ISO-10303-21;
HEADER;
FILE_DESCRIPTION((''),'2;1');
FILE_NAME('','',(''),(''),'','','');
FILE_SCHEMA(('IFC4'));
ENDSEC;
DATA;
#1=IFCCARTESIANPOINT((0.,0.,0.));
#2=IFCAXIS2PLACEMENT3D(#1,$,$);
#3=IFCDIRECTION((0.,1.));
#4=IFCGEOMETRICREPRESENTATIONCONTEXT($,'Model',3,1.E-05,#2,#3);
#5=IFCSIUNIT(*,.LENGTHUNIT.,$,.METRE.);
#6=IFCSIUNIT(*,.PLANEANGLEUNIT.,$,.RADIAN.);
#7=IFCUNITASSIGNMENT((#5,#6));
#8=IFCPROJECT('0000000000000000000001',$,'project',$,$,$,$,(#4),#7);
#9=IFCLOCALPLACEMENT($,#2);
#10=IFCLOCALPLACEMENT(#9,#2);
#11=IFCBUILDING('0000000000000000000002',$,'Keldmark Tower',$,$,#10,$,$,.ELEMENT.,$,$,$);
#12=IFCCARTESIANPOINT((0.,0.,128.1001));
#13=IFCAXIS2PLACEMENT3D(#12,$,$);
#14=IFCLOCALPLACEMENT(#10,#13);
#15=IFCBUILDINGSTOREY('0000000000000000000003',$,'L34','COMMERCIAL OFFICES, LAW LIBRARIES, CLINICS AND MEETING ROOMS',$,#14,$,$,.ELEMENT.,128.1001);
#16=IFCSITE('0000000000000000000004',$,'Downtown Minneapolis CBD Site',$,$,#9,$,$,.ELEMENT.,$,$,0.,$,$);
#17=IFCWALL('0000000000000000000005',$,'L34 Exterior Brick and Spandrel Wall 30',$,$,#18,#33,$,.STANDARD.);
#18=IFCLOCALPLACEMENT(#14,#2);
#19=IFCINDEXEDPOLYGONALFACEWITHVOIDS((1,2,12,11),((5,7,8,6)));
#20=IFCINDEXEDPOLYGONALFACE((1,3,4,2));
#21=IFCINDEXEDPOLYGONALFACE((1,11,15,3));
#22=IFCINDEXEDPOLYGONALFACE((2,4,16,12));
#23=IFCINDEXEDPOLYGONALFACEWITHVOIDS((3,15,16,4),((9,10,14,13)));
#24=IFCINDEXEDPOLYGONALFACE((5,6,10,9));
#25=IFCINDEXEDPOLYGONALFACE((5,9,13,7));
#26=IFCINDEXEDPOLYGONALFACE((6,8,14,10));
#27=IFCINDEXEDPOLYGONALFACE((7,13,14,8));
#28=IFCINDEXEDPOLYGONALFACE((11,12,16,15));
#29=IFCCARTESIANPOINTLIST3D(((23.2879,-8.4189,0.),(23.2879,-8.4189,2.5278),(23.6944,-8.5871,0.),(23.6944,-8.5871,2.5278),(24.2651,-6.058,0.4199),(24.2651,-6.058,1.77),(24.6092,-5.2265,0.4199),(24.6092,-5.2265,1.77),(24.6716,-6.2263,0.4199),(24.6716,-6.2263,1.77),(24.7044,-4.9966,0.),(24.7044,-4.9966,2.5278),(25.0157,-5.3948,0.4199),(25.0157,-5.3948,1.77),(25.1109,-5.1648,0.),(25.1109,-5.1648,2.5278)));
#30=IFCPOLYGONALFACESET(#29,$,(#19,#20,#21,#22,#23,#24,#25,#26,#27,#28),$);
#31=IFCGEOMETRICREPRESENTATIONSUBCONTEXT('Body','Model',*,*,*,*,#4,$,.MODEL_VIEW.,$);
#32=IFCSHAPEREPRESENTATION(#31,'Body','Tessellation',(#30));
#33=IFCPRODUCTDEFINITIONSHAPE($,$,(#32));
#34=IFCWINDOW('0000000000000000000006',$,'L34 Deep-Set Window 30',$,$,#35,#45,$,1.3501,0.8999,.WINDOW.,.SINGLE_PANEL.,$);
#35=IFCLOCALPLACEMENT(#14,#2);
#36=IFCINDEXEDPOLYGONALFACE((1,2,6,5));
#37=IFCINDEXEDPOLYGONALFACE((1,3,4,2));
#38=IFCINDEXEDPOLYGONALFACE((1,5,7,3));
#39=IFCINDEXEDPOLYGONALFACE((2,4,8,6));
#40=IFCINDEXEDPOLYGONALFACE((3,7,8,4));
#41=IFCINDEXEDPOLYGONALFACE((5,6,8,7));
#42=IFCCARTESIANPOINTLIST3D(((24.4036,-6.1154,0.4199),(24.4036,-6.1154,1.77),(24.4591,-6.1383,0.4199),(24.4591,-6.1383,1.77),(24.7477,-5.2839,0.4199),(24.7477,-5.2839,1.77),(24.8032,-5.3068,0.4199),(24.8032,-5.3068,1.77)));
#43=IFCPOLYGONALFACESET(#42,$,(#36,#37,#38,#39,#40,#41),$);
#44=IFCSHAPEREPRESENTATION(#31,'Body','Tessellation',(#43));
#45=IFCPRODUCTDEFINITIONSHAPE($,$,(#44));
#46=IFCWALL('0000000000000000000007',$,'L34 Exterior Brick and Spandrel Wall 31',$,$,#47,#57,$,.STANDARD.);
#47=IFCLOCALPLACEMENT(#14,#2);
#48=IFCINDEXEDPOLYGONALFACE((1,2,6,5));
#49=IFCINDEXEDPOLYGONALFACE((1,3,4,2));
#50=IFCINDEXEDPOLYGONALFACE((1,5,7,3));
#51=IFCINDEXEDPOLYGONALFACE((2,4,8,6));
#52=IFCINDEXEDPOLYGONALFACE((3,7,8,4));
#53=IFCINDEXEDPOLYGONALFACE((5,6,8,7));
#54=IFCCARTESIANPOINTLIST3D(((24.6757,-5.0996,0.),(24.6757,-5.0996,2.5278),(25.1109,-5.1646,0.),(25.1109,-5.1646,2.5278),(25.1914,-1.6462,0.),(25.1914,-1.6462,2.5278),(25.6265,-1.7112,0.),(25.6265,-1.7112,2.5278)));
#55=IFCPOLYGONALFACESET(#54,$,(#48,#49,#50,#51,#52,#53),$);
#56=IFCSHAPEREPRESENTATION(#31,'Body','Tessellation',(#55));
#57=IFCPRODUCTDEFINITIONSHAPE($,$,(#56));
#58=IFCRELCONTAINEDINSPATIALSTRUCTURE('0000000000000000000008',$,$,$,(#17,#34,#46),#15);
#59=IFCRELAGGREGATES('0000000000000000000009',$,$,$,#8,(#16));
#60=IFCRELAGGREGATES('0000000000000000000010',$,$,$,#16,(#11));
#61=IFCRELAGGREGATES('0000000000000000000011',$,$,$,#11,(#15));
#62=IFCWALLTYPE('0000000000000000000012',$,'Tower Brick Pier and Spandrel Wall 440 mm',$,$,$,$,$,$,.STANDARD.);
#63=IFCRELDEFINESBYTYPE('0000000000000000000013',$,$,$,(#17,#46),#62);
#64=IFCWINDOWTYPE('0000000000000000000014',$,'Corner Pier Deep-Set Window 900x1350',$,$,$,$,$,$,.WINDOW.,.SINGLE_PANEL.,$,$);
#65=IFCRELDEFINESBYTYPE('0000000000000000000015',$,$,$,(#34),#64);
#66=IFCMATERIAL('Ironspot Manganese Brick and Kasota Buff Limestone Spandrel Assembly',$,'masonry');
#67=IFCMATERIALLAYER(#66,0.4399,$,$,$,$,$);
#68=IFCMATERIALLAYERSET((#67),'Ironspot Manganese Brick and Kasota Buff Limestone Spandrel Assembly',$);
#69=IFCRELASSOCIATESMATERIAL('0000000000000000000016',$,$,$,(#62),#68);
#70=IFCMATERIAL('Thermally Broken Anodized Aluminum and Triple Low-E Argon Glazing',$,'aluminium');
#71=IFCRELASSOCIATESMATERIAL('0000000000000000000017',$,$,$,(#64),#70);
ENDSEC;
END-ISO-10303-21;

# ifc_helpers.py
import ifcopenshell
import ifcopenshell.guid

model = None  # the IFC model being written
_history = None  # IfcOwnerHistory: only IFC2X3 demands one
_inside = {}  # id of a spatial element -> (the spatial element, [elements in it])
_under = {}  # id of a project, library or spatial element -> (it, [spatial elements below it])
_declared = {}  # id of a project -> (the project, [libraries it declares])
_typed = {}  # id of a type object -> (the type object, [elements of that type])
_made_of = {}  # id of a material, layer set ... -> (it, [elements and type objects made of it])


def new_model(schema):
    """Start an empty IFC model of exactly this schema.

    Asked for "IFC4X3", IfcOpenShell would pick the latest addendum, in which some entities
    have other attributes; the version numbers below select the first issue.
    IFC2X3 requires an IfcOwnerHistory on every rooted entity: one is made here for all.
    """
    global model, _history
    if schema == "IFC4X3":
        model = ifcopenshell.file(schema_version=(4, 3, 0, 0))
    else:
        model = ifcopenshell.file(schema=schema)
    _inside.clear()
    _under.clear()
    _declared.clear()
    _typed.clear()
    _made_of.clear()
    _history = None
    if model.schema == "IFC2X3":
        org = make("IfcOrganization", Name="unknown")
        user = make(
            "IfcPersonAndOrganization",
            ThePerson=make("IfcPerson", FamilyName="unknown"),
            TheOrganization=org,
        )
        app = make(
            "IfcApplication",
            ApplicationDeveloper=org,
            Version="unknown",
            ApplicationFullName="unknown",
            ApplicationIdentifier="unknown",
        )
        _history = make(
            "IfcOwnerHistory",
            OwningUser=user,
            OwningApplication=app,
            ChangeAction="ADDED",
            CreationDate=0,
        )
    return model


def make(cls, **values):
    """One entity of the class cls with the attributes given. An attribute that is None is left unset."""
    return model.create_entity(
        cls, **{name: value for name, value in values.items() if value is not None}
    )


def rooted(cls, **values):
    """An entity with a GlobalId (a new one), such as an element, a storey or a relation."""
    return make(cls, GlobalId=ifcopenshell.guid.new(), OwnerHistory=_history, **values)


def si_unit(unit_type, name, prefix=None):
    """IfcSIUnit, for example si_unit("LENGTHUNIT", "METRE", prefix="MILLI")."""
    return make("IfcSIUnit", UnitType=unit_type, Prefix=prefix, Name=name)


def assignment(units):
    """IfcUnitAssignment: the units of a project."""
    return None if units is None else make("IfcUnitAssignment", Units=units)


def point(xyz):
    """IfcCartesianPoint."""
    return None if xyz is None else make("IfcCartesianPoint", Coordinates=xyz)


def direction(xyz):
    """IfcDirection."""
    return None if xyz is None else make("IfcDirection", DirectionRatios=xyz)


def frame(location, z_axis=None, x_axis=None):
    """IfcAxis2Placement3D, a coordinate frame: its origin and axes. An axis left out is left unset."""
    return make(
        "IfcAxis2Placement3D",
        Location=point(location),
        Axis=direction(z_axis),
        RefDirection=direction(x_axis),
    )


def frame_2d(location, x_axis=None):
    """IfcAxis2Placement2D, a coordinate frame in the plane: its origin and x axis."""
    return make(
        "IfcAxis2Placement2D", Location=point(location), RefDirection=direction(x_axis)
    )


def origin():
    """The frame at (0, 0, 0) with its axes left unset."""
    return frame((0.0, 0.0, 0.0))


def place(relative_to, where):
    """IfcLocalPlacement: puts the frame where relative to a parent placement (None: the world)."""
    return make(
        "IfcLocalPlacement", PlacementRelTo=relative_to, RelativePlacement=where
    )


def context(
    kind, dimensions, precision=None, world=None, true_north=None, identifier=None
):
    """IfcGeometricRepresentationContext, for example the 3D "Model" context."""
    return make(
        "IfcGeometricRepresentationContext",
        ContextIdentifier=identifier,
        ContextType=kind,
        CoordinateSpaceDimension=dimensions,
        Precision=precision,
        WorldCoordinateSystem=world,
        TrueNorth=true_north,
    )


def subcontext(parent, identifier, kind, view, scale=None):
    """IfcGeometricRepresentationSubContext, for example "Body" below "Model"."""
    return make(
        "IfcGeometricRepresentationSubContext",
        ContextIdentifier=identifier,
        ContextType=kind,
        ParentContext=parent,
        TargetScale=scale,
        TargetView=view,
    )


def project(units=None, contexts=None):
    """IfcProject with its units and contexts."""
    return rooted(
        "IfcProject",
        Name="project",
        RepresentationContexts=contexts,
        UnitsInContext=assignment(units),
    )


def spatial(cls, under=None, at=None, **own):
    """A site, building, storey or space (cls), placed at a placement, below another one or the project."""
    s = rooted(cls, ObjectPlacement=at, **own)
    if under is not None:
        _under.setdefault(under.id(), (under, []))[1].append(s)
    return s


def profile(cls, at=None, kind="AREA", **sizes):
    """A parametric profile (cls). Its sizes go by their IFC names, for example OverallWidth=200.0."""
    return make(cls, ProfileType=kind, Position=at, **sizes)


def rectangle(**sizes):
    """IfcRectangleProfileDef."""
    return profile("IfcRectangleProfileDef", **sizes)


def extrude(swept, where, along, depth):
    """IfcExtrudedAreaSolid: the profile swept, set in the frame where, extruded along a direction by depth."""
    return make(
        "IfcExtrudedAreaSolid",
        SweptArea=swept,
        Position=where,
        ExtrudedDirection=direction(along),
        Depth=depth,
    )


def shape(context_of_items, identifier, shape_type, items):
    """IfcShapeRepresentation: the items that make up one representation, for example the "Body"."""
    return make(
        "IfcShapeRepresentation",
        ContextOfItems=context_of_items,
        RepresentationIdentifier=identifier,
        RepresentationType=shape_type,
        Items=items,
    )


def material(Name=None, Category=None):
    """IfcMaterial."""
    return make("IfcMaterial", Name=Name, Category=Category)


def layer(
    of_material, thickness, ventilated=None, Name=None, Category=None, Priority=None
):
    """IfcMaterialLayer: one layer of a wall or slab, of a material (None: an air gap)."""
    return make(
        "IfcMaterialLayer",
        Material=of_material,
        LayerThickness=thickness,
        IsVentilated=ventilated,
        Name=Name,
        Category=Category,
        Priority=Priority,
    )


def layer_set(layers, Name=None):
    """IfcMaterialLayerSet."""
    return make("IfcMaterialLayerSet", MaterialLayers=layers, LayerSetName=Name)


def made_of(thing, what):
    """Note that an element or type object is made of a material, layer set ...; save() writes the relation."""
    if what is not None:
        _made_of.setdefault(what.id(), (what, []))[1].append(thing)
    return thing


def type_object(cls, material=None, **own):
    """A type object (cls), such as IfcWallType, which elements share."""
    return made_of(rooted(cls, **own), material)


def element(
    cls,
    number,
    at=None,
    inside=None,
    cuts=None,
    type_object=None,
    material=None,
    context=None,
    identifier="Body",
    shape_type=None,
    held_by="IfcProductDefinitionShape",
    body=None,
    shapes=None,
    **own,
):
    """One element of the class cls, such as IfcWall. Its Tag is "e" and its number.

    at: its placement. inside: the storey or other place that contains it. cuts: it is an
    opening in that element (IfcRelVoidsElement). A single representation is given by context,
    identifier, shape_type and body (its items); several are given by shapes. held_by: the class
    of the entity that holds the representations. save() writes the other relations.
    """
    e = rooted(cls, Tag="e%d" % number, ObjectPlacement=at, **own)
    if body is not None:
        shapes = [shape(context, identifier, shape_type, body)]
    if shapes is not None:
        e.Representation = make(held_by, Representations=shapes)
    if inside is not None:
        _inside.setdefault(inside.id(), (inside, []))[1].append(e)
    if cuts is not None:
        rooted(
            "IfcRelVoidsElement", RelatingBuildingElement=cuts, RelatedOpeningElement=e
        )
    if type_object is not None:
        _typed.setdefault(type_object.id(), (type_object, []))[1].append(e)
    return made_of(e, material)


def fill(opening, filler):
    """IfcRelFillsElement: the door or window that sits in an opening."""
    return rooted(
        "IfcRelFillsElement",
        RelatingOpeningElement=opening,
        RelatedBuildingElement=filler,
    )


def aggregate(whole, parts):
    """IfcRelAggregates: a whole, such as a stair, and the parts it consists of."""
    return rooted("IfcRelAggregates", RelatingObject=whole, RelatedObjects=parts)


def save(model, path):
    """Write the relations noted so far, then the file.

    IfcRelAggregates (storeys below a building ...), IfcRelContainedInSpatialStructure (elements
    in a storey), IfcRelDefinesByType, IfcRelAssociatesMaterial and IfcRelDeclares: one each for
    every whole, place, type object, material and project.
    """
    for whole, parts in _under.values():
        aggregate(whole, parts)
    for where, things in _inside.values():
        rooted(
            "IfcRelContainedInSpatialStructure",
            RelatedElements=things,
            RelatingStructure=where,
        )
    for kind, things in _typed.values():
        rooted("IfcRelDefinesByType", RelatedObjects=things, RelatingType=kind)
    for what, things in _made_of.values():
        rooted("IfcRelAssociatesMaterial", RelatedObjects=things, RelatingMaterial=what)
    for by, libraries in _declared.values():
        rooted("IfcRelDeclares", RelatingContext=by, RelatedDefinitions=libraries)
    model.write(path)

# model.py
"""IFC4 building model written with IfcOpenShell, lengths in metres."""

from ifc_helpers import new_model, si_unit, direction, frame, frame_2d, origin, place, context, subcontext, project, spatial, rectangle, extrude, material, layer, layer_set, type_object, element, fill, save


model = new_model("IFC4")

# Units and contexts
model_context = context("Model", 3, precision=1e-05, world=origin(), true_north=direction((0.0, 1.0)))
body_context = subcontext(model_context, "Body", "Model", "MODEL_VIEW")
ifc_project = project(units=[si_unit("LENGTHUNIT", "METRE"), si_unit("PLANEANGLEUNIT", "RADIAN")], contexts=[model_context])

# Site, building, storey
site_placement = place(None, origin())
site = spatial("IfcSite", under=ifc_project, at=site_placement, Name="Downtown Minneapolis CBD Site", CompositionType="ELEMENT", RefElevation=0.0)
building_placement = place(site_placement, origin())
building = spatial("IfcBuilding", under=site, at=building_placement, Name="Keldmark Tower", CompositionType="ELEMENT")
storey_placement = place(building_placement, frame((0.0, 0.0, 128.1001)))
storey = spatial("IfcBuildingStorey", under=building, at=storey_placement, Name="L34", Description="COMMERCIAL OFFICES, LAW LIBRARIES, CLINICS AND MEETING ROOMS", CompositionType="ELEMENT", Elevation=128.1001)

# Shared definitions
ifc_material_1 = material(Name="Ironspot Manganese Brick and Kasota Buff Limestone Spandrel Assembly", Category="masonry")
ifc_layer_1 = layer(ifc_material_1, 0.4399)
ifc_layer_set_1 = layer_set([ifc_layer_1], Name="Ironspot Manganese Brick and Kasota Buff Limestone Spandrel Assembly")
wall_type_1 = type_object("IfcWallType", Name="Tower Brick Pier and Spandrel Wall 440 mm", PredefinedType="STANDARD", material=ifc_layer_set_1)

# Wall, opening, window
wall_1_placement = place(storey_placement, frame((24.9077, -5.0806, 0.0), z_axis=(0.0, 0.0, 1.0), x_axis=(-0.382433, -0.923983, 0.0)))
wall_1 = element("IfcWall", 1, at=wall_1_placement, inside=storey, type_object=wall_type_1, Name="L34 Exterior Brick and Spandrel Wall 30", PredefinedType="STANDARD", context=body_context, shape_type="SweptSolid", body=[
    extrude(rectangle(XDim=3.7039, YDim=0.4399, at=frame_2d((1.8521, 0.0))), origin(), (0.0, 0.0, 1.0), 2.5278),
])
opening_1_placement = place(wall_1_placement, frame((0.249, 0.0, 0.4199)))
opening_1 = element("IfcOpeningElement", 2, at=opening_1_placement, cuts=wall_1, PredefinedType="OPENING", context=body_context, shape_type="SweptSolid", body=[
    extrude(rectangle(XDim=0.8999, YDim=1.3501, at=frame_2d((0.45, 0.675))), frame((0.0, 0.23, 0.0), z_axis=(0.0, -1.0, 0.0), x_axis=(1.0, 0.0, 0.0)), (0.0, 0.0, 1.0), 0.46),
])
ifc_material_2 = material(Name="Thermally Broken Anodized Aluminum and Triple Low-E Argon Glazing", Category="aluminium")
window_type = type_object("IfcWindowType", Name="Corner Pier Deep-Set Window 900x1350", PartitioningType="SINGLE_PANEL", PredefinedType="WINDOW", material=ifc_material_2)
window_placement = place(opening_1_placement, origin())
window = element("IfcWindow", 3, at=window_placement, inside=storey, type_object=window_type, Name="L34 Deep-Set Window 30", OverallHeight=1.3501, OverallWidth=0.8999, PartitioningType="SINGLE_PANEL", PredefinedType="WINDOW", context=body_context, shape_type="SweptSolid", body=[
    extrude(rectangle(XDim=0.8999, YDim=1.3501, at=frame_2d((0.45, 0.675))), frame((0.0, -0.01, 0.0), z_axis=(0.0, -1.0, 0.0), x_axis=(1.0, 0.0, 0.0)), (0.0, 0.0, 1.0), 0.0601),
])
fill(opening_1, window)

# Wall
wall_2_placement = place(storey_placement, frame((25.4089, -1.6787, 0.0), z_axis=(0.0, 0.0, 1.0), x_axis=(-0.147674, -0.989036, 0.0)))
element("IfcWall", 4, at=wall_2_placement, inside=storey, type_object=wall_type_1, Name="L34 Exterior Brick and Spandrel Wall 31", PredefinedType="STANDARD", context=body_context, shape_type="SweptSolid", body=[
    extrude(rectangle(XDim=3.4917, YDim=0.4399, at=frame_2d((1.7458, 0.0))), origin(), (0.0, 0.0, 1.0), 2.5278),
])

save(model, "model.ifc")
